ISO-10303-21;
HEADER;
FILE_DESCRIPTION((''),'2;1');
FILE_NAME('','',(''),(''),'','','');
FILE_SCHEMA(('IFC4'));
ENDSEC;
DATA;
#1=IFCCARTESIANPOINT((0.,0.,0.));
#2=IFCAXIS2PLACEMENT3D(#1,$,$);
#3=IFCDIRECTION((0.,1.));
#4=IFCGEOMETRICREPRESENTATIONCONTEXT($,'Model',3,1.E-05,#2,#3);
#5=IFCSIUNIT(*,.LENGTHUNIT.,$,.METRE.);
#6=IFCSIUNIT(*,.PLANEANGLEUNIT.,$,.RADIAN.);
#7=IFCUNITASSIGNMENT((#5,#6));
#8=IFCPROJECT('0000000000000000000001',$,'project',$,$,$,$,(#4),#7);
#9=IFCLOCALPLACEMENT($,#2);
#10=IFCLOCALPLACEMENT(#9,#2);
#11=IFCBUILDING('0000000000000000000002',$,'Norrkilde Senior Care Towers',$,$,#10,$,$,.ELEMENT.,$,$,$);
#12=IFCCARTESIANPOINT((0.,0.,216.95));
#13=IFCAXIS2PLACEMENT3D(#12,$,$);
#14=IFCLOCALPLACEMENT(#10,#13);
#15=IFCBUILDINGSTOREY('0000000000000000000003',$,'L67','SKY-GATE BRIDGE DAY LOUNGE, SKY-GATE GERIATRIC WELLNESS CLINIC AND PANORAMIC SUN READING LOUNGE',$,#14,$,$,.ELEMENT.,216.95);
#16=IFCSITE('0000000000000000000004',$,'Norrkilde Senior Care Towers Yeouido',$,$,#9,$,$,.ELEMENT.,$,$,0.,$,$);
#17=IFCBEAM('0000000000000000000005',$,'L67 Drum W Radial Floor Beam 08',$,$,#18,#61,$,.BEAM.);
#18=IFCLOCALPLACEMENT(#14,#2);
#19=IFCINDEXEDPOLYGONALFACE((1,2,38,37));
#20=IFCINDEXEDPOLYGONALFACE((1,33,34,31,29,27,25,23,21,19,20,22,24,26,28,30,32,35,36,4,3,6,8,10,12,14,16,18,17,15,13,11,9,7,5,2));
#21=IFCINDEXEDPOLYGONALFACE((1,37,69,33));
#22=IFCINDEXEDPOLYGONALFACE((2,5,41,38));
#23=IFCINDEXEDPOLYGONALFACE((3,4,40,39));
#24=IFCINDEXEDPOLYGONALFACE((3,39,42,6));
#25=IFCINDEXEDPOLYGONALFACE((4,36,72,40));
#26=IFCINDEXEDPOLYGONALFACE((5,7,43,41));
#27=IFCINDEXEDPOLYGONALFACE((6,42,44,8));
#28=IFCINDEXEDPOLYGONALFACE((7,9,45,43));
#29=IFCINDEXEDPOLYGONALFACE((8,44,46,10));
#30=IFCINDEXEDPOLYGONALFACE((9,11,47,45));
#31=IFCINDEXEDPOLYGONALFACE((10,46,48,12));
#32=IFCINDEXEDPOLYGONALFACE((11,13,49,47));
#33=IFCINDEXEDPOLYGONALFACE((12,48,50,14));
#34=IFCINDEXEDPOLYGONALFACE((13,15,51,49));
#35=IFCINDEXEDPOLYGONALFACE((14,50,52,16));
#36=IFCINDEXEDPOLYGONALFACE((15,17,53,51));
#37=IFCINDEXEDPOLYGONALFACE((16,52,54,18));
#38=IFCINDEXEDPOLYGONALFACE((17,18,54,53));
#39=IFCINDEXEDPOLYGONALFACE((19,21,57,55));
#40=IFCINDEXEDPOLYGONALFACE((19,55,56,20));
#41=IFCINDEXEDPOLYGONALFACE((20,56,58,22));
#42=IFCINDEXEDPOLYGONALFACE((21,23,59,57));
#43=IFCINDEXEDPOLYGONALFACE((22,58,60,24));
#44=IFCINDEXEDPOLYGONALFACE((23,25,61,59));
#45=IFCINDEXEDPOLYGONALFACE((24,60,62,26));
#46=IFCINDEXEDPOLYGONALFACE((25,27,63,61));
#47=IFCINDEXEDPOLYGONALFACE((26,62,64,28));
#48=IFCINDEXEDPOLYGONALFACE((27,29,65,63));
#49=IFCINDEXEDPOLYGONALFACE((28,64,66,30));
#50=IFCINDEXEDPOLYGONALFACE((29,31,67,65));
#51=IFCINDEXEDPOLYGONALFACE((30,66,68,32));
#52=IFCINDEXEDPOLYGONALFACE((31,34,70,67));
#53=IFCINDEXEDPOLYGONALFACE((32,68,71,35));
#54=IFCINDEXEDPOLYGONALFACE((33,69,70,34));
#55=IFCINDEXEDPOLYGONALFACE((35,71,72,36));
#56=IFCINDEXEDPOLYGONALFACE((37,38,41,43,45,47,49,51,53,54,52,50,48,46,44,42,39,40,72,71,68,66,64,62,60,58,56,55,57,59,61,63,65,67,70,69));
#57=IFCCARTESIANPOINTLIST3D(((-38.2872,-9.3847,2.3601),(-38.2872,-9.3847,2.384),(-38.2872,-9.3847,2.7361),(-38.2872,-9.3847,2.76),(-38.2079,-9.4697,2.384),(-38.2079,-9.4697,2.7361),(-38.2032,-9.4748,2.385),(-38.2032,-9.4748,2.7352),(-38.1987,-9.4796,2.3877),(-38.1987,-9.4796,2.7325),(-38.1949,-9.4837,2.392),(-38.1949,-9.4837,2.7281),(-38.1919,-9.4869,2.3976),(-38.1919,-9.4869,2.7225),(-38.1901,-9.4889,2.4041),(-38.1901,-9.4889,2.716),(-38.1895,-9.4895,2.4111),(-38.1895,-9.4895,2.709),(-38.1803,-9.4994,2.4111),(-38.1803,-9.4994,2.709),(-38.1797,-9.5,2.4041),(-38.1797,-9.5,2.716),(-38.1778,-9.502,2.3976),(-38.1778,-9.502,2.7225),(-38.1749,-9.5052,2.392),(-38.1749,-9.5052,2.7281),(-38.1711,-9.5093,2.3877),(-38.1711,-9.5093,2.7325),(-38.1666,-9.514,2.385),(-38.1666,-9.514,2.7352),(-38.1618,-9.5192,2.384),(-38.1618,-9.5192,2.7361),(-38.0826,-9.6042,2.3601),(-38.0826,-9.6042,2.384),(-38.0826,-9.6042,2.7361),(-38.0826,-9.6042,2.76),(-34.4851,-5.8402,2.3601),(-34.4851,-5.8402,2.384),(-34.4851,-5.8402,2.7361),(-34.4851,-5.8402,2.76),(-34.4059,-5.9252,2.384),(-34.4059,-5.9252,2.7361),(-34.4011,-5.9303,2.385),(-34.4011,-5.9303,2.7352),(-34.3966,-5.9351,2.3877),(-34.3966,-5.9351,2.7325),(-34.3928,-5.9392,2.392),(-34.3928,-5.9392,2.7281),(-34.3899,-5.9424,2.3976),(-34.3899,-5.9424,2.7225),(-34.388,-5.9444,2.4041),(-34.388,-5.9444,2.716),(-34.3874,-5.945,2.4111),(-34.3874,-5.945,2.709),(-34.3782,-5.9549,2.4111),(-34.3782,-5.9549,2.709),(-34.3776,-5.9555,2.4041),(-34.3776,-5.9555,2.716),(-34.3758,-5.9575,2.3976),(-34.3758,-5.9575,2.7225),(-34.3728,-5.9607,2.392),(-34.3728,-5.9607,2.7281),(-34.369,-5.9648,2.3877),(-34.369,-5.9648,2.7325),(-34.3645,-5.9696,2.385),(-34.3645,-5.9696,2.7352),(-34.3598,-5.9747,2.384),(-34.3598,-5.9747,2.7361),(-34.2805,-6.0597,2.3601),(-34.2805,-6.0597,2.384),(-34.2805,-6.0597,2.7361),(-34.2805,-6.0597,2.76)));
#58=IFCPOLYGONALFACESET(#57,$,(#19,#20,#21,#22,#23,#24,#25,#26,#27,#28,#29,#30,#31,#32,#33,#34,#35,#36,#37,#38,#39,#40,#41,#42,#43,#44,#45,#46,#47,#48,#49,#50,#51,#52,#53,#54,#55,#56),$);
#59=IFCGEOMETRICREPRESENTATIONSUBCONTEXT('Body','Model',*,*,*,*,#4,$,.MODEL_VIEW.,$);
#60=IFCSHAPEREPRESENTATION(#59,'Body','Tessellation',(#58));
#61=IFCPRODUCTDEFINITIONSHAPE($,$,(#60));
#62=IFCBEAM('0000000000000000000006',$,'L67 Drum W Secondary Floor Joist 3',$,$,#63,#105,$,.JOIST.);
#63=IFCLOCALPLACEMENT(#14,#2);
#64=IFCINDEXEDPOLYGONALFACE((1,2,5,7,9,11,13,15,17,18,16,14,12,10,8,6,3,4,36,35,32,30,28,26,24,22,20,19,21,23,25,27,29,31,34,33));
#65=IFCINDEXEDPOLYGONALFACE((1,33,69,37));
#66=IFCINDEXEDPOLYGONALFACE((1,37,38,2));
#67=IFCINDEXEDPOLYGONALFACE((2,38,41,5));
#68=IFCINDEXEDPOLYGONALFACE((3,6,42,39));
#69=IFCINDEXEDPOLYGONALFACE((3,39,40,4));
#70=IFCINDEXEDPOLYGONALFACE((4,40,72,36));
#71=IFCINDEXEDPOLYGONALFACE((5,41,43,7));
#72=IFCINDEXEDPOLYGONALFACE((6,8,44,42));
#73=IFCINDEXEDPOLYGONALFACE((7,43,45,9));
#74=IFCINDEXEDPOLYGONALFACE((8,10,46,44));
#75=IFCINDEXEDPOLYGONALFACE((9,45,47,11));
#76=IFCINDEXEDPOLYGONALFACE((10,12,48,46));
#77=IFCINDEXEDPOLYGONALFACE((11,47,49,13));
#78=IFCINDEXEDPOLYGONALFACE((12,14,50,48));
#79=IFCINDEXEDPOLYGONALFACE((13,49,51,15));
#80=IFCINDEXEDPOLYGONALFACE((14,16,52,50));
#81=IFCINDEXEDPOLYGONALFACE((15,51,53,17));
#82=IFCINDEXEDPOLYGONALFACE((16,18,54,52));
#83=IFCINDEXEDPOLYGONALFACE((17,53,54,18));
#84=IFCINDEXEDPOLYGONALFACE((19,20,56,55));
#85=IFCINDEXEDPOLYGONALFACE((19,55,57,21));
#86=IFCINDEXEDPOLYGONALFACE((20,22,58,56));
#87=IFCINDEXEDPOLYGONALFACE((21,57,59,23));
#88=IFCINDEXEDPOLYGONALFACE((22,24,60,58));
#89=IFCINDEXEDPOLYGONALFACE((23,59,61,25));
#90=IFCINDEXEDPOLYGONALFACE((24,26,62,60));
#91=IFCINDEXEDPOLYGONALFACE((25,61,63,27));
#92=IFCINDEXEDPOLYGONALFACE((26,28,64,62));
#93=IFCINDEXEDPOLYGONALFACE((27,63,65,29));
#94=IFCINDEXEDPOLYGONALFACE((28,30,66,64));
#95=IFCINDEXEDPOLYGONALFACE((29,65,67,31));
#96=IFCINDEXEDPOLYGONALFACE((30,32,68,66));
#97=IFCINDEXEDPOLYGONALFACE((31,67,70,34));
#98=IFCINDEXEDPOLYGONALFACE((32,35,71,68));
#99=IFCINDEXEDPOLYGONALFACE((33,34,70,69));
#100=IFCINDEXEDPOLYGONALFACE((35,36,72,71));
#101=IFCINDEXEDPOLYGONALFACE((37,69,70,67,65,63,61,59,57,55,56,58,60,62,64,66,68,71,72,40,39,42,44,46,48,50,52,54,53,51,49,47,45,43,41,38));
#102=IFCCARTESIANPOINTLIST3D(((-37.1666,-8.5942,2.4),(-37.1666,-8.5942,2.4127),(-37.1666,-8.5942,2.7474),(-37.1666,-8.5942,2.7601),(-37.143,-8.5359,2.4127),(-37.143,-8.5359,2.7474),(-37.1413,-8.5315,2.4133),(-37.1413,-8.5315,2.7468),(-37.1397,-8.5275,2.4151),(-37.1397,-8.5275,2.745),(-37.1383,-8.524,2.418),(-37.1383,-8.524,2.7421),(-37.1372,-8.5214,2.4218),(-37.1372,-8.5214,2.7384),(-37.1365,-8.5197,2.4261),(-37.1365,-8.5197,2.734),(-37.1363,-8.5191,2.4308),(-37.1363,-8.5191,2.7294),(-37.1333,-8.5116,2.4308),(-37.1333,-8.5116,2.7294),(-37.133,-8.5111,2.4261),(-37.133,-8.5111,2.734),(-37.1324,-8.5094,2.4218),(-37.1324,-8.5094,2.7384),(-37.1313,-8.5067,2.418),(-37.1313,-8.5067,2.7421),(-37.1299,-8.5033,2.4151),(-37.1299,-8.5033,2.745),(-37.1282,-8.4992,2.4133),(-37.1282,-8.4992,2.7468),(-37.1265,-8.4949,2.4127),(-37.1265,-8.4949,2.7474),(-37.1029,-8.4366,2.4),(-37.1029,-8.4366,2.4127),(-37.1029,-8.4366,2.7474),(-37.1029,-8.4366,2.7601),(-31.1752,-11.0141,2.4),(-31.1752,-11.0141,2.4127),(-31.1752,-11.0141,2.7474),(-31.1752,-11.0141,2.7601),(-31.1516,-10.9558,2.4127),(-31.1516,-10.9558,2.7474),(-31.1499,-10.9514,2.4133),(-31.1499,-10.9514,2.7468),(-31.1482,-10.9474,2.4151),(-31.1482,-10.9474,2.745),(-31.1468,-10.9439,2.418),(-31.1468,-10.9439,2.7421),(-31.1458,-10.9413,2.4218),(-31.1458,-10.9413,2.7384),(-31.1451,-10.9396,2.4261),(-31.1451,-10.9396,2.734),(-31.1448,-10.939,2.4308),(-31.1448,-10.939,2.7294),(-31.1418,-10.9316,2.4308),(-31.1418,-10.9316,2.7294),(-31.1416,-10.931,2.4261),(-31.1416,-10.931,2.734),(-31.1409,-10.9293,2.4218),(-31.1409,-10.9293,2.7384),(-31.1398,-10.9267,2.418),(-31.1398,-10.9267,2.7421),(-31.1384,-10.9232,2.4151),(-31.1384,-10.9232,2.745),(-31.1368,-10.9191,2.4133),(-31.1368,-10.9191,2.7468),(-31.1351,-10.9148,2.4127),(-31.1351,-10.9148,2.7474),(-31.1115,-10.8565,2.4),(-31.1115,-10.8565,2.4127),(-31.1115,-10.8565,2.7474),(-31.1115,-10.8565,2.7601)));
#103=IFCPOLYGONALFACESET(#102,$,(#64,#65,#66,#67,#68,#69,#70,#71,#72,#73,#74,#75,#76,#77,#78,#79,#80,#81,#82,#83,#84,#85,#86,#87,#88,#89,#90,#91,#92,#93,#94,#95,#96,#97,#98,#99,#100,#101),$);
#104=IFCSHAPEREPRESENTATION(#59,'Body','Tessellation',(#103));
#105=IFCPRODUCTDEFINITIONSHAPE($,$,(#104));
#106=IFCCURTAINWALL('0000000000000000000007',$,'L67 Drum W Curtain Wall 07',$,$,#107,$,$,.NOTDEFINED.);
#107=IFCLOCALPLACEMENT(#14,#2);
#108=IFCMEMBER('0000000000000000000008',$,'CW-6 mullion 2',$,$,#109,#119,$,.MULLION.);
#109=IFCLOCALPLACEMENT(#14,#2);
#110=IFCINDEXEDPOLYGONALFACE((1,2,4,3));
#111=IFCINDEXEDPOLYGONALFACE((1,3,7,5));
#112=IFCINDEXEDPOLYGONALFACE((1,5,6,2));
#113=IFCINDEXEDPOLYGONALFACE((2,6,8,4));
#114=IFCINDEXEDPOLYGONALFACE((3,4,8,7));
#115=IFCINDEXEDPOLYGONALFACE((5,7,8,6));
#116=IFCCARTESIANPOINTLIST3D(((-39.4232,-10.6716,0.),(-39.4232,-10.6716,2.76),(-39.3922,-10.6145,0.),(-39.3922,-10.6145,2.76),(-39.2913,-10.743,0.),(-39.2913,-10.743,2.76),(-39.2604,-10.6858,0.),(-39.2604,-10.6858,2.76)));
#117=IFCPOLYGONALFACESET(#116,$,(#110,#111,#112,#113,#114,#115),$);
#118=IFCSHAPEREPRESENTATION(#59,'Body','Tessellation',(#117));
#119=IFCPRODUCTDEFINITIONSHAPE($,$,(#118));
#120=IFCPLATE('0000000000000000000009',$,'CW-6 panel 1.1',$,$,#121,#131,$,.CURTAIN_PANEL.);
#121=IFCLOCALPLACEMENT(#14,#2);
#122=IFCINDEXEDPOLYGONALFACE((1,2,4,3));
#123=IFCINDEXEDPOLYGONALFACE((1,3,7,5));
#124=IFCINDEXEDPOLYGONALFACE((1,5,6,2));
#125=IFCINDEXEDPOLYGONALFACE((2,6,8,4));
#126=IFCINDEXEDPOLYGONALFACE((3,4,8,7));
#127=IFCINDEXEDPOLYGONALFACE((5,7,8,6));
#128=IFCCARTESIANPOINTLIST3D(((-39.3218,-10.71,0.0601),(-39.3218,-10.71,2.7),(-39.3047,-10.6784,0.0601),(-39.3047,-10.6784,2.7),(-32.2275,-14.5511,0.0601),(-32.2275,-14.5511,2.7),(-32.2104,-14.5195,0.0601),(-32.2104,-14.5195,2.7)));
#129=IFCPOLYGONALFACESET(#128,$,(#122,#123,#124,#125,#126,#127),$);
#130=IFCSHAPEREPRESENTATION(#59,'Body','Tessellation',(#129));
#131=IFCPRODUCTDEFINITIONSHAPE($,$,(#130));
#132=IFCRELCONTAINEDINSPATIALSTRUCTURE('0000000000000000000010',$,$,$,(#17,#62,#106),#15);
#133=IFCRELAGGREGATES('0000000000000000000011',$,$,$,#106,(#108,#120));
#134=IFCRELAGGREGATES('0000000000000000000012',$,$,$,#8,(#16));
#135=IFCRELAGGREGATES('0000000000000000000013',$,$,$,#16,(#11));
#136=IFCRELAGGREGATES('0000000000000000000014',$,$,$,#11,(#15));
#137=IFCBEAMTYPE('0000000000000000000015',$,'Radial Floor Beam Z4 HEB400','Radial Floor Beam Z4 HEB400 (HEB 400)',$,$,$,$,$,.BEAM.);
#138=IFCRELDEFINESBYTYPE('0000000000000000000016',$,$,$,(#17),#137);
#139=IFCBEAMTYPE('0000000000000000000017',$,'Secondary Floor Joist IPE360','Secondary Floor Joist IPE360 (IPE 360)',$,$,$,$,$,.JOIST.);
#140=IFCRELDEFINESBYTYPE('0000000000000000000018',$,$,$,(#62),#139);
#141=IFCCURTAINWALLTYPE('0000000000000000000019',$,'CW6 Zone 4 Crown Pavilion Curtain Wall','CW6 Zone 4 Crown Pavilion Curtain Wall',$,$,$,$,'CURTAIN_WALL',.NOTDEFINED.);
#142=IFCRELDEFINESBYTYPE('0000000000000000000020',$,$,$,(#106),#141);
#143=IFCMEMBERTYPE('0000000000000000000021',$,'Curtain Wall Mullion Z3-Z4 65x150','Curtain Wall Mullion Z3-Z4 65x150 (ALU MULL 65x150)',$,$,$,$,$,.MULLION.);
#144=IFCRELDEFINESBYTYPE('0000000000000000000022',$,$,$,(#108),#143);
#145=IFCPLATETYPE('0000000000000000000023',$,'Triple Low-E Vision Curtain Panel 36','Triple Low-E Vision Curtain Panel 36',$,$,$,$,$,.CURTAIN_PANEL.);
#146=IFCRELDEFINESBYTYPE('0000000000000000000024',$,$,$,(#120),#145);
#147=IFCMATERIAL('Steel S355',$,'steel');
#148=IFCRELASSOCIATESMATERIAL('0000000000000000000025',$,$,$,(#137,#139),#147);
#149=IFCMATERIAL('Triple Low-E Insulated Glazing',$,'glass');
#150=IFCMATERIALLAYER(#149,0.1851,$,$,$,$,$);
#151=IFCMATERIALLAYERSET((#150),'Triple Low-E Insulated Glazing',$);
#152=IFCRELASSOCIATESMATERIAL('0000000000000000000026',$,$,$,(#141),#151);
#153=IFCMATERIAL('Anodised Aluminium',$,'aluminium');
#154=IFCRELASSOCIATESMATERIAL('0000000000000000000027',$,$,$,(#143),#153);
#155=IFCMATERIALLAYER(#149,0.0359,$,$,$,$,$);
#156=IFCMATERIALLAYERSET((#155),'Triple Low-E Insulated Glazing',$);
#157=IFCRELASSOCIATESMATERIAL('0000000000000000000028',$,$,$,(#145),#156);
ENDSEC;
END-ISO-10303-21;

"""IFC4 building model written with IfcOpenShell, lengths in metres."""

from ifc_helpers import new_model, si_unit, direction, frame, origin, origin_2d, place, context, subcontext, project, spatial, rectangle, i_section, extrude, source, transform, mapped, material, layer, layer_set, material_profile, profile_set, type_object, type_shapes, element, aggregate, save


model = new_model("IFC4")

# Units and contexts
model_context = context("Model", 3, precision=1e-05, world=origin(), true_north=direction((0.0, 1.0)))
body_context = subcontext(model_context, "Body", "Model", "MODEL_VIEW")
ifc_project = project(units=[si_unit("LENGTHUNIT", "METRE"), si_unit("PLANEANGLEUNIT", "RADIAN")], contexts=[model_context])

# Site, building, storey
site_placement = place(None, origin())
site = spatial("IfcSite", under=ifc_project, at=site_placement, Name="Norrkilde Senior Care Towers Yeouido", CompositionType="ELEMENT", RefElevation=0.0)
building_placement = place(site_placement, origin())
building = spatial("IfcBuilding", under=site, at=building_placement, Name="Norrkilde Senior Care Towers", CompositionType="ELEMENT")
storey_placement = place(building_placement, frame((0.0, 0.0, 216.95)))
storey = spatial("IfcBuildingStorey", under=building, at=storey_placement, Name="L67", Description="SKY-GATE BRIDGE DAY LOUNGE, SKY-GATE GERIATRIC WELLNESS CLINIC AND PANORAMIC SUN READING LOUNGE", CompositionType="ELEMENT", Elevation=216.95)

# Beams
ifc_material_1 = material(Name="Steel S355", Category="steel")
ifc_material_profile_1 = material_profile(ifc_material_1, i_section(OverallWidth=0.3, OverallDepth=0.3999, WebThickness=0.0134, FlangeThickness=0.0239, FilletRadius=0.0271, at=origin_2d()), Name="HEB 400")
ifc_profile_set_1 = profile_set([ifc_material_profile_1], Name="Steel S355")
beam_type_1 = type_object("IfcBeamType", Name="Radial Floor Beam Z4 HEB400", Description="Radial Floor Beam Z4 HEB400 (HEB 400)", PredefinedType="BEAM", material=ifc_profile_set_1)
shared_shape_1 = source(origin(), body_context, "Body", "SweptSolid", [
    extrude(i_section(OverallWidth=0.3, OverallDepth=0.3999, WebThickness=0.0134, FlangeThickness=0.0239, FilletRadius=0.0271, at=origin_2d()), origin(), (0.0, 0.0, 1.0), 5.198),
])
type_shapes(beam_type_1, [shared_shape_1])
beam_1_placement = place(storey_placement, frame((-34.3828, -5.95, 2.5601), z_axis=(-0.731449, -0.681896, 0.0), x_axis=(0.681896, -0.731449, 0.0)))
element("IfcBeam", 1, at=beam_1_placement, inside=storey, type_object=beam_type_1, Name="L67 Drum W Radial Floor Beam 08", PredefinedType="BEAM", context=body_context, shape_type="MappedRepresentation", body=[
    mapped(shared_shape_1, transform((0.0, 0.0, 0.0), x_axis=(1.0, 0.0, 0.0), y_axis=(0.0, 1.0, 0.0), z_axis=(0.0, 0.0, 1.0), scale=1.0)),
])
ifc_material_profile_2 = material_profile(ifc_material_1, i_section(OverallWidth=0.1699, OverallDepth=0.3601, WebThickness=0.0081, FlangeThickness=0.0127, FilletRadius=0.0181, at=origin_2d()), Name="IPE 360")
ifc_profile_set_2 = profile_set([ifc_material_profile_2], Name="Steel S355")
beam_type_2 = type_object("IfcBeamType", Name="Secondary Floor Joist IPE360", Description="Secondary Floor Joist IPE360 (IPE 360)", PredefinedType="JOIST", material=ifc_profile_set_2)
shared_shape_2 = source(origin(), body_context, "Body", "SweptSolid", [
    extrude(i_section(OverallWidth=0.1699, OverallDepth=0.3601, WebThickness=0.0081, FlangeThickness=0.0127, FilletRadius=0.0181, at=origin_2d()), origin(), (0.0, 0.0, 1.0), 6.4617),
])
type_shapes(beam_type_2, [shared_shape_2])
beam_2_placement = place(storey_placement, frame((-37.1348, -8.5154, 2.5801), z_axis=(0.927226, -0.374502, 0.0), x_axis=(0.374502, 0.927226, 0.0)))
element("IfcBeam", 2, at=beam_2_placement, inside=storey, type_object=beam_type_2, Name="L67 Drum W Secondary Floor Joist 3", PredefinedType="JOIST", context=body_context, shape_type="MappedRepresentation", body=[
    mapped(shared_shape_2, transform((0.0, 0.0, 0.0), x_axis=(1.0, 0.0, 0.0), y_axis=(0.0, 1.0, 0.0), z_axis=(0.0, 0.0, 1.0), scale=1.0)),
])

# Curtain wall, member, plate
ifc_material_2 = material(Name="Triple Low-E Insulated Glazing", Category="glass")
ifc_layer_1 = layer(ifc_material_2, 0.1851)
ifc_layer_set_1 = layer_set([ifc_layer_1], Name="Triple Low-E Insulated Glazing")
curtain_wall_type = type_object("IfcCurtainWallType", Name="CW6 Zone 4 Crown Pavilion Curtain Wall", Description="CW6 Zone 4 Crown Pavilion Curtain Wall", ElementType="CURTAIN_WALL", PredefinedType="NOTDEFINED", material=ifc_layer_set_1)
curtain_wall_placement = place(storey_placement, origin())
curtain_wall = element("IfcCurtainWall", 3, at=curtain_wall_placement, inside=storey, type_object=curtain_wall_type, Name="L67 Drum W Curtain Wall 07", PredefinedType="NOTDEFINED")
ifc_material_3 = material(Name="Anodised Aluminium", Category="aluminium")
ifc_material_profile_3 = material_profile(ifc_material_3, rectangle(XDim=0.0649, YDim=0.1499, at=origin_2d()), Name="ALU MULL 65x150")
ifc_profile_set_3 = profile_set([ifc_material_profile_3], Name="Anodised Aluminium")
member_type = type_object("IfcMemberType", Name="Curtain Wall Mullion Z3-Z4 65x150", Description="Curtain Wall Mullion Z3-Z4 65x150 (ALU MULL 65x150)", PredefinedType="MULLION", material=ifc_profile_set_3)
shared_shape_3 = source(origin(), body_context, "Body", "SweptSolid", [
    extrude(rectangle(XDim=0.0649, YDim=0.1499, at=origin_2d()), origin(), (0.0, 0.0, 1.0), 2.76),
])
type_shapes(member_type, [shared_shape_3])
member_placement = place(storey_placement, frame((-39.3418, -10.6787, 0.0), z_axis=(0.0, 0.0, 1.0), x_axis=(-0.476133, -0.879373, 0.0)))
member = element("IfcMember", 4, at=member_placement, type_object=member_type, Name="CW-6 mullion 2", PredefinedType="MULLION", context=body_context, shape_type="MappedRepresentation", body=[
    mapped(shared_shape_3, transform((0.0, 0.0, 0.0), x_axis=(1.0, 0.0, 0.0), y_axis=(0.0, 1.0, 0.0), z_axis=(0.0, 0.0, 1.0), scale=1.0)),
])
ifc_layer_2 = layer(ifc_material_2, 0.0359)
ifc_layer_set_2 = layer_set([ifc_layer_2], Name="Triple Low-E Insulated Glazing")
plate_type = type_object("IfcPlateType", Name="Triple Low-E Vision Curtain Panel 36", Description="Triple Low-E Vision Curtain Panel 36", PredefinedType="CURTAIN_PANEL", material=ifc_layer_set_2)
shared_shape_4 = source(origin(), body_context, "Body", "SweptSolid", [
    extrude(rectangle(XDim=8.0674, YDim=0.0359, at=origin_2d()), origin(), (0.0, 0.0, 1.0), 2.6399),
])
type_shapes(plate_type, [shared_shape_4])
plate_placement = place(storey_placement, frame((-35.7661, -12.6147, 0.0601), z_axis=(0.0, 0.0, 1.0), x_axis=(-0.879373, 0.476133, 0.0)))
plate = element("IfcPlate", 5, at=plate_placement, type_object=plate_type, Name="CW-6 panel 1.1", PredefinedType="CURTAIN_PANEL", context=body_context, shape_type="MappedRepresentation", body=[
    mapped(shared_shape_4, transform((0.0, 0.0, 0.0), x_axis=(1.0, 0.0, 0.0), y_axis=(0.0, 1.0, 0.0), z_axis=(0.0, 0.0, 1.0), scale=1.0)),
])
aggregate(curtain_wall, [member, plate])

save(model, "model.ifc")
